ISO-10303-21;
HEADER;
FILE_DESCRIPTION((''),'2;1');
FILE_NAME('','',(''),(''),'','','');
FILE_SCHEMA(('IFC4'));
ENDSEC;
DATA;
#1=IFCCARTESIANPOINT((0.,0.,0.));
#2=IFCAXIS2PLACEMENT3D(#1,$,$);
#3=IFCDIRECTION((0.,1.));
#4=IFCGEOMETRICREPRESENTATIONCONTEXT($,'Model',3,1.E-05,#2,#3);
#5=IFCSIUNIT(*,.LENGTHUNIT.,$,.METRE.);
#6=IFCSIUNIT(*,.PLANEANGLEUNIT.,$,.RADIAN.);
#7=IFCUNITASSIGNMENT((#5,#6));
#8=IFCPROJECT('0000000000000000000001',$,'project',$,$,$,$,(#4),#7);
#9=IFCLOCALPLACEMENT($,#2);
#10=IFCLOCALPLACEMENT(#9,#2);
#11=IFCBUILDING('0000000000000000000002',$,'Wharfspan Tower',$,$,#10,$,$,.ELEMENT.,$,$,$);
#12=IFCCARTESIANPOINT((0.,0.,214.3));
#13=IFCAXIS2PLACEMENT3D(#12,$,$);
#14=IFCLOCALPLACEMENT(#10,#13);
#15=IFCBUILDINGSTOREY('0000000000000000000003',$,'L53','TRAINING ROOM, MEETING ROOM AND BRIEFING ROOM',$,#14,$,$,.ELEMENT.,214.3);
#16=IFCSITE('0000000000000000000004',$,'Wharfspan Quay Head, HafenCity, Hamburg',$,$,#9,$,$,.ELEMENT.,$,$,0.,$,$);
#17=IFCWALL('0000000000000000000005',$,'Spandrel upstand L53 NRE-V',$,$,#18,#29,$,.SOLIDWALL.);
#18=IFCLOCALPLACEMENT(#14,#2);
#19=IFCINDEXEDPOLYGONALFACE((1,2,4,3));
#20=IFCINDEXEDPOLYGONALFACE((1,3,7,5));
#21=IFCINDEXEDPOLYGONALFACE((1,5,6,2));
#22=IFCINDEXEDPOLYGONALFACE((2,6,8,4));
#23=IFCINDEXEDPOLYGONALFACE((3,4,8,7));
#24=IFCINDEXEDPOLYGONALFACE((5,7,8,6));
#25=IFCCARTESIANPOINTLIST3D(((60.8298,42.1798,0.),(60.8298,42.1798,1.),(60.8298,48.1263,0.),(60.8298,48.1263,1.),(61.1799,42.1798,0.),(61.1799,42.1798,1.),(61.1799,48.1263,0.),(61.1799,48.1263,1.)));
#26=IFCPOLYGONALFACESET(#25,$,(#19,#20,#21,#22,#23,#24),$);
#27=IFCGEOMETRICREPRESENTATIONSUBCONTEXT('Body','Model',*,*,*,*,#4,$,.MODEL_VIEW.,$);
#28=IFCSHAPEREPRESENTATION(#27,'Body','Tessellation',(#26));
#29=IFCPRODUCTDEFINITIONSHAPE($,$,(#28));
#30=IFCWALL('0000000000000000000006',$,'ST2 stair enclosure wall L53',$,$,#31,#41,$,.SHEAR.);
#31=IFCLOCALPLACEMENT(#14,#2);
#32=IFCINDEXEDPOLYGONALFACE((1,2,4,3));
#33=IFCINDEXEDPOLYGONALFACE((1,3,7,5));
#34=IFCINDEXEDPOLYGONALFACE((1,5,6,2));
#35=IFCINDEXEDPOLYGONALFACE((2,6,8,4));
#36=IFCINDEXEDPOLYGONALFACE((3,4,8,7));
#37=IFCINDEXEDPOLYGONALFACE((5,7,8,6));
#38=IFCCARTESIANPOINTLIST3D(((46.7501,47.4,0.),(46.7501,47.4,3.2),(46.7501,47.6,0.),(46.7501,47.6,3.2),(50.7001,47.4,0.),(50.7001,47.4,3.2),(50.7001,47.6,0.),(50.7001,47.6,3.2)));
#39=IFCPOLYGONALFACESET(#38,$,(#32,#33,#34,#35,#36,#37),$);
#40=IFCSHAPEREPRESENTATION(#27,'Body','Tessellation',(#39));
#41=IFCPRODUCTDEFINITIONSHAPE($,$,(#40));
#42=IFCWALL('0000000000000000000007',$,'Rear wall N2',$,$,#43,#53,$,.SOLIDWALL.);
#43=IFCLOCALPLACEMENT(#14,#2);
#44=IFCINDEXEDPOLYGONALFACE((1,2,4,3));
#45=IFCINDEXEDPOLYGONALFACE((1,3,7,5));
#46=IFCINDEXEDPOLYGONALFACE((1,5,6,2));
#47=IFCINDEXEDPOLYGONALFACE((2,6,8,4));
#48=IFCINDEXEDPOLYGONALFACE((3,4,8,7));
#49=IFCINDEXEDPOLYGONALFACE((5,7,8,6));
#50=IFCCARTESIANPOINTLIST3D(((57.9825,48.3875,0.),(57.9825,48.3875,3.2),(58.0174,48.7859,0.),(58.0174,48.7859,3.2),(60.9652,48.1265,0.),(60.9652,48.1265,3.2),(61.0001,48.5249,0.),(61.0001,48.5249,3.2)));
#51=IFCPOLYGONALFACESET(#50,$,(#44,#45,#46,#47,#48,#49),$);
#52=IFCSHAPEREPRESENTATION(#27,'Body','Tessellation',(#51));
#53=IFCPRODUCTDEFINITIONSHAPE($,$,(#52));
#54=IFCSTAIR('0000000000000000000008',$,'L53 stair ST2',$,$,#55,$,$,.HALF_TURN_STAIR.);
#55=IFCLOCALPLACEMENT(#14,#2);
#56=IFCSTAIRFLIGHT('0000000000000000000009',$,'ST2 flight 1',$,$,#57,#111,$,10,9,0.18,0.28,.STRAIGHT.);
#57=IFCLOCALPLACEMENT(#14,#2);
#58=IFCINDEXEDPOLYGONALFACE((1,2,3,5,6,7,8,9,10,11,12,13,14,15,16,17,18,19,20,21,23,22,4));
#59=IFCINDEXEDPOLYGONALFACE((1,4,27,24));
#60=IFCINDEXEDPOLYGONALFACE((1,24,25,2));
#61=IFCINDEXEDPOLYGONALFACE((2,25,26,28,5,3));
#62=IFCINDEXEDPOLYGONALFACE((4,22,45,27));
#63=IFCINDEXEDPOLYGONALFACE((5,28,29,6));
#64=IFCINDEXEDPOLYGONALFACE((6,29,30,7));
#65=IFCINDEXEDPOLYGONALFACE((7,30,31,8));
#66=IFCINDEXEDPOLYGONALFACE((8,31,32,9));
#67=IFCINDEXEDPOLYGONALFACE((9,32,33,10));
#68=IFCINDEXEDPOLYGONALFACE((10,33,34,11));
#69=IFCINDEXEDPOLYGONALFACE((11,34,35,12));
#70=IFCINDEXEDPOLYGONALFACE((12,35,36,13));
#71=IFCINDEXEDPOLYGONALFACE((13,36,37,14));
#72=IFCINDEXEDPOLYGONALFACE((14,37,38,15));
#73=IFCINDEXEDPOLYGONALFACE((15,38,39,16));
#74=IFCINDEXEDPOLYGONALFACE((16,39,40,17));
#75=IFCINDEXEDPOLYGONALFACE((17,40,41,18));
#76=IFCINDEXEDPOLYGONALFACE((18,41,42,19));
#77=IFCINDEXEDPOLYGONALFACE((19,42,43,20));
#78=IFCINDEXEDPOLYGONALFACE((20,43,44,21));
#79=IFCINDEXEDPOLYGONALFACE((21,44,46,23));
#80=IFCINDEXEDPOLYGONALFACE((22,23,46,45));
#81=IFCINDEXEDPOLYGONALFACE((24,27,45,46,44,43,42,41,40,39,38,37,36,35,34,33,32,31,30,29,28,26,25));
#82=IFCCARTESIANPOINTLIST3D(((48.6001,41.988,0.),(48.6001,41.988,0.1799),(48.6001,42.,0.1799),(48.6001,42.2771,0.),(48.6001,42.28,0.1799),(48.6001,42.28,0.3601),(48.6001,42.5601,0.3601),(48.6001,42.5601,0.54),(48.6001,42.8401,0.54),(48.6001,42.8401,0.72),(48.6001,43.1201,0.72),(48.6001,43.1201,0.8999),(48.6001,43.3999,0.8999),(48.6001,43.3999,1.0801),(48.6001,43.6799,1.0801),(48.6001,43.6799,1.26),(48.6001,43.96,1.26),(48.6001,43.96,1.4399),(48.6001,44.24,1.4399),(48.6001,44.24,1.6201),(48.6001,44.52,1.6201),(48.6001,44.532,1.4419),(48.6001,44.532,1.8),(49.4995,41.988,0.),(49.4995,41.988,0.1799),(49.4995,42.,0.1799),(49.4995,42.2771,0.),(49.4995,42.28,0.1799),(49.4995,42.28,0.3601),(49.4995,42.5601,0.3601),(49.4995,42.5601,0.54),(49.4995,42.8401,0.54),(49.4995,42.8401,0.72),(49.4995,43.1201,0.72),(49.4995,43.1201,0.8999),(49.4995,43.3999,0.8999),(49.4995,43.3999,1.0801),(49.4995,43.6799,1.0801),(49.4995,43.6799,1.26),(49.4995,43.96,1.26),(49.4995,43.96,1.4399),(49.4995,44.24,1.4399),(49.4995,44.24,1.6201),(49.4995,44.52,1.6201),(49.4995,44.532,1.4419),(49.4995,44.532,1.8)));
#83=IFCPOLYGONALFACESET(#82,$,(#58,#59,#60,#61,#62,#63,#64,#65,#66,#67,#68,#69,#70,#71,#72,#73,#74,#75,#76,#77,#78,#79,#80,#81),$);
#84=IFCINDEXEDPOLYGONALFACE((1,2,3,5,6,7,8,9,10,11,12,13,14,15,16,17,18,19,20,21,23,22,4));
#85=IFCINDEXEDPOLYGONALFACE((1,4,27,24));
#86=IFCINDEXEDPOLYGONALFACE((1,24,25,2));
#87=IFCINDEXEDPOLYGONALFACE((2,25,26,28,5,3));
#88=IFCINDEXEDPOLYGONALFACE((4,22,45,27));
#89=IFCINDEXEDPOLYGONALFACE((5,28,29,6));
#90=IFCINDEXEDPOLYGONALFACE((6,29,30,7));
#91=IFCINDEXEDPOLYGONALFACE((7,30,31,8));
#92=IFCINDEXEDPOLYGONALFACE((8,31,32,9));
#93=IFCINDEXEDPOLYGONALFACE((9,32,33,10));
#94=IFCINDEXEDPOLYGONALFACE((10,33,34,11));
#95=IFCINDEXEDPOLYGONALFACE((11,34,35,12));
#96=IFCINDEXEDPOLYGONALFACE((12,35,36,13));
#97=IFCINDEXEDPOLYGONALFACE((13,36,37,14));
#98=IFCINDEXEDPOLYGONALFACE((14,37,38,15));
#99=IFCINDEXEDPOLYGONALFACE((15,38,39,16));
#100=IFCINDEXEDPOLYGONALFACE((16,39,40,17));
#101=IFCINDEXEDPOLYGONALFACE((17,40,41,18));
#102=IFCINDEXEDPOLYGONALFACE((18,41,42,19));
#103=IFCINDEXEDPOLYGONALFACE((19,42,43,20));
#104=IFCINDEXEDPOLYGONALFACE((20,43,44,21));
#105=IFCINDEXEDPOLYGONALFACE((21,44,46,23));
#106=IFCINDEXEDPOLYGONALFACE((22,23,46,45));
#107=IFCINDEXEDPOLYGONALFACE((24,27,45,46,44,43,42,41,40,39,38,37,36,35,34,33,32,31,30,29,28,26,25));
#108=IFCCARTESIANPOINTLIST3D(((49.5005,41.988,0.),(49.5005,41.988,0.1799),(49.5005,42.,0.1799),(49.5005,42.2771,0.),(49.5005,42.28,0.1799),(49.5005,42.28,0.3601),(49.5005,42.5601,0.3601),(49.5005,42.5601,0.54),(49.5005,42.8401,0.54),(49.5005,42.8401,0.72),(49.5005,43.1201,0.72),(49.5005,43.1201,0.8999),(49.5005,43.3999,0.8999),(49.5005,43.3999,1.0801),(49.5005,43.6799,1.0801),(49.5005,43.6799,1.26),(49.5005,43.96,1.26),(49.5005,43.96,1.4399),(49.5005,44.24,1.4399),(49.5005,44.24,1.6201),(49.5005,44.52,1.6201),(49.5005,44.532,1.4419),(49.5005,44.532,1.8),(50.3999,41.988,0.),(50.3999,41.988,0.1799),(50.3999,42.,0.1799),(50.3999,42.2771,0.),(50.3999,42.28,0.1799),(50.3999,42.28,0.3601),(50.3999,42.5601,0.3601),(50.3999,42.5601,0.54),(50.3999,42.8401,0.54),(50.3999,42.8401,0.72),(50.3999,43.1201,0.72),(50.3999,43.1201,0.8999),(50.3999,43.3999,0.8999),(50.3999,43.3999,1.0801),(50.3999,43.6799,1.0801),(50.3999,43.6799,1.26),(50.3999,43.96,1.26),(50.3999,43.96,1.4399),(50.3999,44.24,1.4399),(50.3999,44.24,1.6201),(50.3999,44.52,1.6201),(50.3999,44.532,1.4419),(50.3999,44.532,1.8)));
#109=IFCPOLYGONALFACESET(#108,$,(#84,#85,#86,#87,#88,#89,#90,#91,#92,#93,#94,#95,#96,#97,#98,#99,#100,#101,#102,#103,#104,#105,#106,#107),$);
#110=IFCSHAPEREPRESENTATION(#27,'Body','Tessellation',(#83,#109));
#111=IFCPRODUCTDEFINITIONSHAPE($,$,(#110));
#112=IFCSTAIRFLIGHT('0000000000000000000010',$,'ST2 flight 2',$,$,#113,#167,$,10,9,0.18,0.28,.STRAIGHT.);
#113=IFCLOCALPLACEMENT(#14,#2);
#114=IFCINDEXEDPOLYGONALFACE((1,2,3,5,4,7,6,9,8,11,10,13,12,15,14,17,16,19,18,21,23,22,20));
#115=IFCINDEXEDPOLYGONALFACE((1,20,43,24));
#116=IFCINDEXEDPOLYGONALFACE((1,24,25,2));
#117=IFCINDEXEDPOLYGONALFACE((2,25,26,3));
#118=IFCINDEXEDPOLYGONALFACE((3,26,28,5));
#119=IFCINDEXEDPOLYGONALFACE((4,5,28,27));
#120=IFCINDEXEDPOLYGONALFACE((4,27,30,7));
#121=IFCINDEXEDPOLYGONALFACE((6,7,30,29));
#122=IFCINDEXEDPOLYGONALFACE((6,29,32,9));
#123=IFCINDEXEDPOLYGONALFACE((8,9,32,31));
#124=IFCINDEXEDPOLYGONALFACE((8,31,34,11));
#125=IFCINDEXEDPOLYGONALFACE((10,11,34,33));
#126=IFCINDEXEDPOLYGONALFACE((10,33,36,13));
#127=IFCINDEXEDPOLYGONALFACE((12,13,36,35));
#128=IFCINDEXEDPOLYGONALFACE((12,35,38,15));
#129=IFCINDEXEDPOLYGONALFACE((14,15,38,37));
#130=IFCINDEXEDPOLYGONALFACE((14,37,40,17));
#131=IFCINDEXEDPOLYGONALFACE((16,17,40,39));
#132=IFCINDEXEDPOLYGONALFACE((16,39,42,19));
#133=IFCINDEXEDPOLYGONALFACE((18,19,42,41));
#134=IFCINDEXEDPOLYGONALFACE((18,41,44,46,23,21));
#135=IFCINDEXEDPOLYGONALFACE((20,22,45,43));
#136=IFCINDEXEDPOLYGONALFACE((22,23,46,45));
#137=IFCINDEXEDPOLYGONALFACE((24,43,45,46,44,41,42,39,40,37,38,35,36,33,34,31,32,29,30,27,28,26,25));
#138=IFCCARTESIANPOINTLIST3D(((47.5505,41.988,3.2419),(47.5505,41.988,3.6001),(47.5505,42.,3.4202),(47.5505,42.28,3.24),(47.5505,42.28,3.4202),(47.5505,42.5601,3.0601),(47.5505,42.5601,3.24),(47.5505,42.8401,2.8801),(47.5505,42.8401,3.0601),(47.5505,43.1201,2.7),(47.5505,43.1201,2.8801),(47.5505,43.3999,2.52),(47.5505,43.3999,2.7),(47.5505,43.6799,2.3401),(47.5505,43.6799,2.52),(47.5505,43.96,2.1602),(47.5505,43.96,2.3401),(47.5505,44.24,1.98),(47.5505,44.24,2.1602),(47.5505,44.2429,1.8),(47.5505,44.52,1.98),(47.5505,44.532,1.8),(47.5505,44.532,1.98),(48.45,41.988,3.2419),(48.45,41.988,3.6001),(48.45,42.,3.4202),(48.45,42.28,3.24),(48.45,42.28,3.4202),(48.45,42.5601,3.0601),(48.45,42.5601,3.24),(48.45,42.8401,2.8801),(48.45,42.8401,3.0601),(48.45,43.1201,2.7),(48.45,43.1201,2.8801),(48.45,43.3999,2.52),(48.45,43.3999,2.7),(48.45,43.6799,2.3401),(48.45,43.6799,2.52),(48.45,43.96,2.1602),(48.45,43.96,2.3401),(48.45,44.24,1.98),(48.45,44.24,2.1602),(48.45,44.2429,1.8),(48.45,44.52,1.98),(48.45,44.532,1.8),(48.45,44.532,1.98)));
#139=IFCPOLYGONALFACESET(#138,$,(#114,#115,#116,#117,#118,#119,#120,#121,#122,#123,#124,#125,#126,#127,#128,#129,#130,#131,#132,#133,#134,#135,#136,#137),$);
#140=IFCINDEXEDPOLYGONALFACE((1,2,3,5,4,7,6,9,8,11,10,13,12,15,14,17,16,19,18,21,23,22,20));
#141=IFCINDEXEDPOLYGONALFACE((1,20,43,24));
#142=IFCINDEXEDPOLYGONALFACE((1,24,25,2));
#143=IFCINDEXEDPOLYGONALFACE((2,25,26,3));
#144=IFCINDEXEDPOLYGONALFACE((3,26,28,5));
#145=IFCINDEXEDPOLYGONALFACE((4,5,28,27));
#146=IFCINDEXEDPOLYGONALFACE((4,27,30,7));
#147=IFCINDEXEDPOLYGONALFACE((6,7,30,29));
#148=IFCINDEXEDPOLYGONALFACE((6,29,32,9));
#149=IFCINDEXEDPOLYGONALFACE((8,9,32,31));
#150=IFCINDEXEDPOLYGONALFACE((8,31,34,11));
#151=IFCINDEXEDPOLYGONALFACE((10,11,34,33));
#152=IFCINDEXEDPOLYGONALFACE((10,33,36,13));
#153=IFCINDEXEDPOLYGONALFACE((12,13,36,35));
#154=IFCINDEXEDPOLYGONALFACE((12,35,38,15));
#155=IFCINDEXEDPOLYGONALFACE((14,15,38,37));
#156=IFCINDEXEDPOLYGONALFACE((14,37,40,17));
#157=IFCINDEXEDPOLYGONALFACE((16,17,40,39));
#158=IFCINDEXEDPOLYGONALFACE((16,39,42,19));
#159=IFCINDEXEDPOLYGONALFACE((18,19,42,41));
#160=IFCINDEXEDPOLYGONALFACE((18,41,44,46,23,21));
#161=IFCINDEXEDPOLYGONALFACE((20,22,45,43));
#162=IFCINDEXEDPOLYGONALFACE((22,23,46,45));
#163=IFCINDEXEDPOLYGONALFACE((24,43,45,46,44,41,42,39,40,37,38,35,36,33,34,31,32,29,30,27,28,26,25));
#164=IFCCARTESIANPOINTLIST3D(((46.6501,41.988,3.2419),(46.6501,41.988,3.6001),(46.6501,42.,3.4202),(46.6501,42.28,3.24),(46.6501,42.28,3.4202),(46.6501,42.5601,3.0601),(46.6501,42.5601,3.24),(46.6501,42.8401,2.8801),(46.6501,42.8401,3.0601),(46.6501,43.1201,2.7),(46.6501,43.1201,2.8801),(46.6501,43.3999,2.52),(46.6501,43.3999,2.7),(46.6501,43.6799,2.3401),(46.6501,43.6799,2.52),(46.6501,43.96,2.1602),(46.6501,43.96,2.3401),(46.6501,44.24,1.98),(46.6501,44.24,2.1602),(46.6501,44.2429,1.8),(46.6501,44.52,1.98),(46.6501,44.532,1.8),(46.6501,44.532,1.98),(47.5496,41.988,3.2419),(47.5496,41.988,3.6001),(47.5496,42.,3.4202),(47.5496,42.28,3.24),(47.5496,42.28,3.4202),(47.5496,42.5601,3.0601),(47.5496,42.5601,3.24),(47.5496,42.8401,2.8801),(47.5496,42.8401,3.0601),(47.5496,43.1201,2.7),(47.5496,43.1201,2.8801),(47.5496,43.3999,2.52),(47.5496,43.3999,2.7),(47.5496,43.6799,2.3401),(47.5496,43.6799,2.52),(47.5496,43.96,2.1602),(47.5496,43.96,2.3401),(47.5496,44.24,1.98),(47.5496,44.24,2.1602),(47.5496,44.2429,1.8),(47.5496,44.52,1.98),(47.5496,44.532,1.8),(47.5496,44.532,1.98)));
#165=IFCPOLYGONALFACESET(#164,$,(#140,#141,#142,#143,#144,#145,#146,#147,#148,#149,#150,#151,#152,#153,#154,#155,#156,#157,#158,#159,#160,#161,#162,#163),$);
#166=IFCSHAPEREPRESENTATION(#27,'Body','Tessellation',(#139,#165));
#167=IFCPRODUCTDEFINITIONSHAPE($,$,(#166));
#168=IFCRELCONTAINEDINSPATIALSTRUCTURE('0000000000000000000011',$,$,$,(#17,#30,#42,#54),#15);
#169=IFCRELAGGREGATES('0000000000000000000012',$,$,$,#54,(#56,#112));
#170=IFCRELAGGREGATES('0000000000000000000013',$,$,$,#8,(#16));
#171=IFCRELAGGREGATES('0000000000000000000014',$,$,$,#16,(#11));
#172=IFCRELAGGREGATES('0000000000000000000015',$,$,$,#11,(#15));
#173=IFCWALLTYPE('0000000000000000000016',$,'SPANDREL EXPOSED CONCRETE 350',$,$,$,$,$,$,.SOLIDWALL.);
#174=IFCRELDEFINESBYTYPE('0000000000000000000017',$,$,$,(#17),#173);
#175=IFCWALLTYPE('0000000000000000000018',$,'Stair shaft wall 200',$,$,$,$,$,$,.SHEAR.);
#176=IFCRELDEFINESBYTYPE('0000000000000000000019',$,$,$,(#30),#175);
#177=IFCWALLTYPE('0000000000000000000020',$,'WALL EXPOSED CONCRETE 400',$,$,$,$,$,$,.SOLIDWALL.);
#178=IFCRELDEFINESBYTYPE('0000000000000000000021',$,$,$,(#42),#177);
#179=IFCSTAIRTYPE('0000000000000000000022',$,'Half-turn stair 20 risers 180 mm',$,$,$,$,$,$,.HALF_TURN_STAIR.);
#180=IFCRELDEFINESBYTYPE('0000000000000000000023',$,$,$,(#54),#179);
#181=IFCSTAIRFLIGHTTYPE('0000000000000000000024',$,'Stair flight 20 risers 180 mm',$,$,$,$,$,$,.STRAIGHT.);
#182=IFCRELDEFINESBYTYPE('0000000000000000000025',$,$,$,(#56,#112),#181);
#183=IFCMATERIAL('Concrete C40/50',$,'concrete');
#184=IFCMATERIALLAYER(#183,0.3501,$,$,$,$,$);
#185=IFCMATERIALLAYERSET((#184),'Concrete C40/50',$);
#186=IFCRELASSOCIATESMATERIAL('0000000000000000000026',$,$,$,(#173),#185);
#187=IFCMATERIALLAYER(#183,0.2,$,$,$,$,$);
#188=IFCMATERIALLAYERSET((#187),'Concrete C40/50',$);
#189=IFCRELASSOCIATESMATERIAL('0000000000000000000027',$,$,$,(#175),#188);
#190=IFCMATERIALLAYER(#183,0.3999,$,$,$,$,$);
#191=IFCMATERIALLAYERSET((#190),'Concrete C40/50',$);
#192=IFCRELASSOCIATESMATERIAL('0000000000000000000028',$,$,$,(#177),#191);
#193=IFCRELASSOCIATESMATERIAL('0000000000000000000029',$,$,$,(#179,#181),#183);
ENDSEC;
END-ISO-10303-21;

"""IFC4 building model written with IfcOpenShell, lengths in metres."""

from ifc_helpers import new_model, si_unit, direction, frame, frame_2d, origin, place, context, subcontext, project, spatial, polyline, rectangle, outline, extrude, material, layer, layer_set, type_object, element, aggregate, save


model = new_model("IFC4")

# Units and contexts
model_context = context("Model", 3, precision=1e-05, world=origin(), true_north=direction((0.0, 1.0)))
body_context = subcontext(model_context, "Body", "Model", "MODEL_VIEW")
ifc_project = project(units=[si_unit("LENGTHUNIT", "METRE"), si_unit("PLANEANGLEUNIT", "RADIAN")], contexts=[model_context])

# Site, building, storey
site_placement = place(None, origin())
site = spatial("IfcSite", under=ifc_project, at=site_placement, Name="Wharfspan Quay Head, HafenCity, Hamburg", CompositionType="ELEMENT", RefElevation=0.0)
building_placement = place(site_placement, origin())
building = spatial("IfcBuilding", under=site, at=building_placement, Name="Wharfspan Tower", CompositionType="ELEMENT")
storey_placement = place(building_placement, frame((0.0, 0.0, 214.3)))
storey = spatial("IfcBuildingStorey", under=building, at=storey_placement, Name="L53", Description="TRAINING ROOM, MEETING ROOM AND BRIEFING ROOM", CompositionType="ELEMENT", Elevation=214.3)

# Walls
ifc_material_1 = material(Name="Concrete C40/50", Category="concrete")
ifc_layer_1 = layer(ifc_material_1, 0.3501)
ifc_layer_set_1 = layer_set([ifc_layer_1], Name="Concrete C40/50")
wall_type_1 = type_object("IfcWallType", Name="SPANDREL EXPOSED CONCRETE 350", PredefinedType="SOLIDWALL", material=ifc_layer_set_1)
wall_1_placement = place(storey_placement, frame((61.0049, 42.1799, 0.0), z_axis=(0.0, 0.0, 1.0), x_axis=(0.0, 1.0, 0.0)))
element("IfcWall", 1, at=wall_1_placement, inside=storey, type_object=wall_type_1, Name="Spandrel upstand L53 NRE-V", PredefinedType="SOLIDWALL", context=body_context, shape_type="SweptSolid", body=[
    extrude(rectangle(XDim=5.9465, YDim=0.3501, at=frame_2d((2.9731, 0.0))), origin(), (0.0, 0.0, 1.0), 1.0),
])
ifc_layer_2 = layer(ifc_material_1, 0.2)
ifc_layer_set_2 = layer_set([ifc_layer_2], Name="Concrete C40/50")
wall_type_2 = type_object("IfcWallType", Name="Stair shaft wall 200", PredefinedType="SHEAR", material=ifc_layer_set_2)
wall_2_placement = place(storey_placement, frame((46.75, 47.5, 0.0), z_axis=(0.0, 0.0, 1.0), x_axis=(1.0, 0.0, 0.0)))
element("IfcWall", 2, at=wall_2_placement, inside=storey, type_object=wall_type_2, Name="ST2 stair enclosure wall L53", PredefinedType="SHEAR", context=body_context, shape_type="SweptSolid", body=[
    extrude(rectangle(XDim=3.95, YDim=0.2, at=frame_2d((1.9751, 0.0))), origin(), (0.0, 0.0, 1.0), 3.2),
])
ifc_layer_3 = layer(ifc_material_1, 0.3999)
ifc_layer_set_3 = layer_set([ifc_layer_3], Name="Concrete C40/50")
wall_type_3 = type_object("IfcWallType", Name="WALL EXPOSED CONCRETE 400", PredefinedType="SOLIDWALL", material=ifc_layer_set_3)
wall_3_placement = place(storey_placement, frame((60.9827, 48.3257, 0.0), z_axis=(0.0, 0.0, 1.0), x_axis=(-0.996194, 0.087168, 0.0)))
element("IfcWall", 3, at=wall_3_placement, inside=storey, type_object=wall_type_3, Name="Rear wall N2", PredefinedType="SOLIDWALL", context=body_context, shape_type="SweptSolid", body=[
    extrude(rectangle(XDim=2.9941, YDim=0.3999, at=frame_2d((1.4971, 0.0))), origin(), (0.0, 0.0, 1.0), 3.2),
])

# Stair, stair flights
stair_type = type_object("IfcStairType", Name="Half-turn stair 20 risers 180 mm", PredefinedType="HALF_TURN_STAIR", material=ifc_material_1)
stair_placement = place(storey_placement, origin())
stair = element("IfcStair", 4, at=stair_placement, inside=storey, type_object=stair_type, Name="L53 stair ST2", PredefinedType="HALF_TURN_STAIR")
stair_flight_type = type_object("IfcStairFlightType", Name="Stair flight 20 risers 180 mm", PredefinedType="STRAIGHT", material=ifc_material_1)
stair_flight_1_placement = place(storey_placement, frame((49.5, 42.0, 0.0), z_axis=(0.0, 0.0, 1.0), x_axis=(0.0, 1.0, 0.0)))
stair_flight_1 = element("IfcStairFlight", 5, at=stair_flight_1_placement, type_object=stair_flight_type, Name="ST2 flight 1", NumberOfRisers=10, NumberOfTreads=9, PredefinedType="STRAIGHT", RiserHeight=0.18, TreadLength=0.28, context=body_context, shape_type="SweptSolid", body=[
    extrude(outline(polyline([(-0.012, 0.0), (-0.012, 0.1799), (0.0, 0.1799), (0.28, 0.1799), (0.28, 0.3601), (0.5601, 0.3601), (0.5601, 0.54), (0.8401, 0.54), (0.8401, 0.72), (1.1201, 0.72), (1.1201, 0.8999), (1.3999, 0.8999), (1.3999, 1.0801), (1.6799, 1.0801), (1.6799, 1.26), (1.96, 1.26), (1.96, 1.4399), (2.24, 1.4399), (2.24, 1.6201), (2.52, 1.6201), (2.532, 1.8), (2.532, 1.4419), (0.2771, 0.0), (-0.012, 0.0)])), frame((0.0, 0.8999, 0.0), z_axis=(0.0, -1.0, 0.0), x_axis=(1.0, 0.0, 0.0)), (0.0, 0.0, 1.0), 0.8994),
    extrude(outline(polyline([(-0.012, 0.0), (-0.012, 0.1799), (0.0, 0.1799), (0.28, 0.1799), (0.28, 0.3601), (0.5601, 0.3601), (0.5601, 0.54), (0.8401, 0.54), (0.8401, 0.72), (1.1201, 0.72), (1.1201, 0.8999), (1.3999, 0.8999), (1.3999, 1.0801), (1.6799, 1.0801), (1.6799, 1.26), (1.96, 1.26), (1.96, 1.4399), (2.24, 1.4399), (2.24, 1.6201), (2.52, 1.6201), (2.532, 1.8), (2.532, 1.4419), (0.2771, 0.0), (-0.012, 0.0)])), frame((0.0, -0.0005, 0.0), z_axis=(0.0, -1.0, 0.0), x_axis=(1.0, 0.0, 0.0)), (0.0, 0.0, 1.0), 0.8994),
])
stair_flight_2_placement = place(storey_placement, frame((47.55, 44.52, 1.8), z_axis=(0.0, 0.0, 1.0), x_axis=(0.0, -1.0, 0.0)))
stair_flight_2 = element("IfcStairFlight", 6, at=stair_flight_2_placement, type_object=stair_flight_type, Name="ST2 flight 2", NumberOfRisers=10, NumberOfTreads=9, PredefinedType="STRAIGHT", RiserHeight=0.18, TreadLength=0.28, context=body_context, shape_type="SweptSolid", body=[
    extrude(outline(polyline([(-0.012, 0.0), (-0.012, 0.1799), (0.0, 0.1799), (0.28, 0.1799), (0.28, 0.3601), (0.5601, 0.3601), (0.5601, 0.54), (0.8401, 0.54), (0.8401, 0.72), (1.1201, 0.72), (1.1201, 0.8999), (1.3999, 0.8999), (1.3999, 1.0801), (1.6799, 1.0801), (1.6799, 1.26), (1.96, 1.26), (1.96, 1.4399), (2.24, 1.4399), (2.24, 1.6201), (2.52, 1.6201), (2.532, 1.8), (2.532, 1.4419), (0.2771, 0.0), (-0.012, 0.0)])), frame((0.0, 0.8999, 0.0), z_axis=(0.0, -1.0, 0.0), x_axis=(1.0, 0.0, 0.0)), (0.0, 0.0, 1.0), 0.8994),
    extrude(outline(polyline([(-0.012, 0.0), (-0.012, 0.1799), (0.0, 0.1799), (0.28, 0.1799), (0.28, 0.3601), (0.5601, 0.3601), (0.5601, 0.54), (0.8401, 0.54), (0.8401, 0.72), (1.1201, 0.72), (1.1201, 0.8999), (1.3999, 0.8999), (1.3999, 1.0801), (1.6799, 1.0801), (1.6799, 1.26), (1.96, 1.26), (1.96, 1.4399), (2.24, 1.4399), (2.24, 1.6201), (2.52, 1.6201), (2.532, 1.8), (2.532, 1.4419), (0.2771, 0.0), (-0.012, 0.0)])), frame((0.0, -0.0005, 0.0), z_axis=(0.0, -1.0, 0.0), x_axis=(1.0, 0.0, 0.0)), (0.0, 0.0, 1.0), 0.8994),
])
aggregate(stair, [stair_flight_1, stair_flight_2])

save(model, "model.ifc")
